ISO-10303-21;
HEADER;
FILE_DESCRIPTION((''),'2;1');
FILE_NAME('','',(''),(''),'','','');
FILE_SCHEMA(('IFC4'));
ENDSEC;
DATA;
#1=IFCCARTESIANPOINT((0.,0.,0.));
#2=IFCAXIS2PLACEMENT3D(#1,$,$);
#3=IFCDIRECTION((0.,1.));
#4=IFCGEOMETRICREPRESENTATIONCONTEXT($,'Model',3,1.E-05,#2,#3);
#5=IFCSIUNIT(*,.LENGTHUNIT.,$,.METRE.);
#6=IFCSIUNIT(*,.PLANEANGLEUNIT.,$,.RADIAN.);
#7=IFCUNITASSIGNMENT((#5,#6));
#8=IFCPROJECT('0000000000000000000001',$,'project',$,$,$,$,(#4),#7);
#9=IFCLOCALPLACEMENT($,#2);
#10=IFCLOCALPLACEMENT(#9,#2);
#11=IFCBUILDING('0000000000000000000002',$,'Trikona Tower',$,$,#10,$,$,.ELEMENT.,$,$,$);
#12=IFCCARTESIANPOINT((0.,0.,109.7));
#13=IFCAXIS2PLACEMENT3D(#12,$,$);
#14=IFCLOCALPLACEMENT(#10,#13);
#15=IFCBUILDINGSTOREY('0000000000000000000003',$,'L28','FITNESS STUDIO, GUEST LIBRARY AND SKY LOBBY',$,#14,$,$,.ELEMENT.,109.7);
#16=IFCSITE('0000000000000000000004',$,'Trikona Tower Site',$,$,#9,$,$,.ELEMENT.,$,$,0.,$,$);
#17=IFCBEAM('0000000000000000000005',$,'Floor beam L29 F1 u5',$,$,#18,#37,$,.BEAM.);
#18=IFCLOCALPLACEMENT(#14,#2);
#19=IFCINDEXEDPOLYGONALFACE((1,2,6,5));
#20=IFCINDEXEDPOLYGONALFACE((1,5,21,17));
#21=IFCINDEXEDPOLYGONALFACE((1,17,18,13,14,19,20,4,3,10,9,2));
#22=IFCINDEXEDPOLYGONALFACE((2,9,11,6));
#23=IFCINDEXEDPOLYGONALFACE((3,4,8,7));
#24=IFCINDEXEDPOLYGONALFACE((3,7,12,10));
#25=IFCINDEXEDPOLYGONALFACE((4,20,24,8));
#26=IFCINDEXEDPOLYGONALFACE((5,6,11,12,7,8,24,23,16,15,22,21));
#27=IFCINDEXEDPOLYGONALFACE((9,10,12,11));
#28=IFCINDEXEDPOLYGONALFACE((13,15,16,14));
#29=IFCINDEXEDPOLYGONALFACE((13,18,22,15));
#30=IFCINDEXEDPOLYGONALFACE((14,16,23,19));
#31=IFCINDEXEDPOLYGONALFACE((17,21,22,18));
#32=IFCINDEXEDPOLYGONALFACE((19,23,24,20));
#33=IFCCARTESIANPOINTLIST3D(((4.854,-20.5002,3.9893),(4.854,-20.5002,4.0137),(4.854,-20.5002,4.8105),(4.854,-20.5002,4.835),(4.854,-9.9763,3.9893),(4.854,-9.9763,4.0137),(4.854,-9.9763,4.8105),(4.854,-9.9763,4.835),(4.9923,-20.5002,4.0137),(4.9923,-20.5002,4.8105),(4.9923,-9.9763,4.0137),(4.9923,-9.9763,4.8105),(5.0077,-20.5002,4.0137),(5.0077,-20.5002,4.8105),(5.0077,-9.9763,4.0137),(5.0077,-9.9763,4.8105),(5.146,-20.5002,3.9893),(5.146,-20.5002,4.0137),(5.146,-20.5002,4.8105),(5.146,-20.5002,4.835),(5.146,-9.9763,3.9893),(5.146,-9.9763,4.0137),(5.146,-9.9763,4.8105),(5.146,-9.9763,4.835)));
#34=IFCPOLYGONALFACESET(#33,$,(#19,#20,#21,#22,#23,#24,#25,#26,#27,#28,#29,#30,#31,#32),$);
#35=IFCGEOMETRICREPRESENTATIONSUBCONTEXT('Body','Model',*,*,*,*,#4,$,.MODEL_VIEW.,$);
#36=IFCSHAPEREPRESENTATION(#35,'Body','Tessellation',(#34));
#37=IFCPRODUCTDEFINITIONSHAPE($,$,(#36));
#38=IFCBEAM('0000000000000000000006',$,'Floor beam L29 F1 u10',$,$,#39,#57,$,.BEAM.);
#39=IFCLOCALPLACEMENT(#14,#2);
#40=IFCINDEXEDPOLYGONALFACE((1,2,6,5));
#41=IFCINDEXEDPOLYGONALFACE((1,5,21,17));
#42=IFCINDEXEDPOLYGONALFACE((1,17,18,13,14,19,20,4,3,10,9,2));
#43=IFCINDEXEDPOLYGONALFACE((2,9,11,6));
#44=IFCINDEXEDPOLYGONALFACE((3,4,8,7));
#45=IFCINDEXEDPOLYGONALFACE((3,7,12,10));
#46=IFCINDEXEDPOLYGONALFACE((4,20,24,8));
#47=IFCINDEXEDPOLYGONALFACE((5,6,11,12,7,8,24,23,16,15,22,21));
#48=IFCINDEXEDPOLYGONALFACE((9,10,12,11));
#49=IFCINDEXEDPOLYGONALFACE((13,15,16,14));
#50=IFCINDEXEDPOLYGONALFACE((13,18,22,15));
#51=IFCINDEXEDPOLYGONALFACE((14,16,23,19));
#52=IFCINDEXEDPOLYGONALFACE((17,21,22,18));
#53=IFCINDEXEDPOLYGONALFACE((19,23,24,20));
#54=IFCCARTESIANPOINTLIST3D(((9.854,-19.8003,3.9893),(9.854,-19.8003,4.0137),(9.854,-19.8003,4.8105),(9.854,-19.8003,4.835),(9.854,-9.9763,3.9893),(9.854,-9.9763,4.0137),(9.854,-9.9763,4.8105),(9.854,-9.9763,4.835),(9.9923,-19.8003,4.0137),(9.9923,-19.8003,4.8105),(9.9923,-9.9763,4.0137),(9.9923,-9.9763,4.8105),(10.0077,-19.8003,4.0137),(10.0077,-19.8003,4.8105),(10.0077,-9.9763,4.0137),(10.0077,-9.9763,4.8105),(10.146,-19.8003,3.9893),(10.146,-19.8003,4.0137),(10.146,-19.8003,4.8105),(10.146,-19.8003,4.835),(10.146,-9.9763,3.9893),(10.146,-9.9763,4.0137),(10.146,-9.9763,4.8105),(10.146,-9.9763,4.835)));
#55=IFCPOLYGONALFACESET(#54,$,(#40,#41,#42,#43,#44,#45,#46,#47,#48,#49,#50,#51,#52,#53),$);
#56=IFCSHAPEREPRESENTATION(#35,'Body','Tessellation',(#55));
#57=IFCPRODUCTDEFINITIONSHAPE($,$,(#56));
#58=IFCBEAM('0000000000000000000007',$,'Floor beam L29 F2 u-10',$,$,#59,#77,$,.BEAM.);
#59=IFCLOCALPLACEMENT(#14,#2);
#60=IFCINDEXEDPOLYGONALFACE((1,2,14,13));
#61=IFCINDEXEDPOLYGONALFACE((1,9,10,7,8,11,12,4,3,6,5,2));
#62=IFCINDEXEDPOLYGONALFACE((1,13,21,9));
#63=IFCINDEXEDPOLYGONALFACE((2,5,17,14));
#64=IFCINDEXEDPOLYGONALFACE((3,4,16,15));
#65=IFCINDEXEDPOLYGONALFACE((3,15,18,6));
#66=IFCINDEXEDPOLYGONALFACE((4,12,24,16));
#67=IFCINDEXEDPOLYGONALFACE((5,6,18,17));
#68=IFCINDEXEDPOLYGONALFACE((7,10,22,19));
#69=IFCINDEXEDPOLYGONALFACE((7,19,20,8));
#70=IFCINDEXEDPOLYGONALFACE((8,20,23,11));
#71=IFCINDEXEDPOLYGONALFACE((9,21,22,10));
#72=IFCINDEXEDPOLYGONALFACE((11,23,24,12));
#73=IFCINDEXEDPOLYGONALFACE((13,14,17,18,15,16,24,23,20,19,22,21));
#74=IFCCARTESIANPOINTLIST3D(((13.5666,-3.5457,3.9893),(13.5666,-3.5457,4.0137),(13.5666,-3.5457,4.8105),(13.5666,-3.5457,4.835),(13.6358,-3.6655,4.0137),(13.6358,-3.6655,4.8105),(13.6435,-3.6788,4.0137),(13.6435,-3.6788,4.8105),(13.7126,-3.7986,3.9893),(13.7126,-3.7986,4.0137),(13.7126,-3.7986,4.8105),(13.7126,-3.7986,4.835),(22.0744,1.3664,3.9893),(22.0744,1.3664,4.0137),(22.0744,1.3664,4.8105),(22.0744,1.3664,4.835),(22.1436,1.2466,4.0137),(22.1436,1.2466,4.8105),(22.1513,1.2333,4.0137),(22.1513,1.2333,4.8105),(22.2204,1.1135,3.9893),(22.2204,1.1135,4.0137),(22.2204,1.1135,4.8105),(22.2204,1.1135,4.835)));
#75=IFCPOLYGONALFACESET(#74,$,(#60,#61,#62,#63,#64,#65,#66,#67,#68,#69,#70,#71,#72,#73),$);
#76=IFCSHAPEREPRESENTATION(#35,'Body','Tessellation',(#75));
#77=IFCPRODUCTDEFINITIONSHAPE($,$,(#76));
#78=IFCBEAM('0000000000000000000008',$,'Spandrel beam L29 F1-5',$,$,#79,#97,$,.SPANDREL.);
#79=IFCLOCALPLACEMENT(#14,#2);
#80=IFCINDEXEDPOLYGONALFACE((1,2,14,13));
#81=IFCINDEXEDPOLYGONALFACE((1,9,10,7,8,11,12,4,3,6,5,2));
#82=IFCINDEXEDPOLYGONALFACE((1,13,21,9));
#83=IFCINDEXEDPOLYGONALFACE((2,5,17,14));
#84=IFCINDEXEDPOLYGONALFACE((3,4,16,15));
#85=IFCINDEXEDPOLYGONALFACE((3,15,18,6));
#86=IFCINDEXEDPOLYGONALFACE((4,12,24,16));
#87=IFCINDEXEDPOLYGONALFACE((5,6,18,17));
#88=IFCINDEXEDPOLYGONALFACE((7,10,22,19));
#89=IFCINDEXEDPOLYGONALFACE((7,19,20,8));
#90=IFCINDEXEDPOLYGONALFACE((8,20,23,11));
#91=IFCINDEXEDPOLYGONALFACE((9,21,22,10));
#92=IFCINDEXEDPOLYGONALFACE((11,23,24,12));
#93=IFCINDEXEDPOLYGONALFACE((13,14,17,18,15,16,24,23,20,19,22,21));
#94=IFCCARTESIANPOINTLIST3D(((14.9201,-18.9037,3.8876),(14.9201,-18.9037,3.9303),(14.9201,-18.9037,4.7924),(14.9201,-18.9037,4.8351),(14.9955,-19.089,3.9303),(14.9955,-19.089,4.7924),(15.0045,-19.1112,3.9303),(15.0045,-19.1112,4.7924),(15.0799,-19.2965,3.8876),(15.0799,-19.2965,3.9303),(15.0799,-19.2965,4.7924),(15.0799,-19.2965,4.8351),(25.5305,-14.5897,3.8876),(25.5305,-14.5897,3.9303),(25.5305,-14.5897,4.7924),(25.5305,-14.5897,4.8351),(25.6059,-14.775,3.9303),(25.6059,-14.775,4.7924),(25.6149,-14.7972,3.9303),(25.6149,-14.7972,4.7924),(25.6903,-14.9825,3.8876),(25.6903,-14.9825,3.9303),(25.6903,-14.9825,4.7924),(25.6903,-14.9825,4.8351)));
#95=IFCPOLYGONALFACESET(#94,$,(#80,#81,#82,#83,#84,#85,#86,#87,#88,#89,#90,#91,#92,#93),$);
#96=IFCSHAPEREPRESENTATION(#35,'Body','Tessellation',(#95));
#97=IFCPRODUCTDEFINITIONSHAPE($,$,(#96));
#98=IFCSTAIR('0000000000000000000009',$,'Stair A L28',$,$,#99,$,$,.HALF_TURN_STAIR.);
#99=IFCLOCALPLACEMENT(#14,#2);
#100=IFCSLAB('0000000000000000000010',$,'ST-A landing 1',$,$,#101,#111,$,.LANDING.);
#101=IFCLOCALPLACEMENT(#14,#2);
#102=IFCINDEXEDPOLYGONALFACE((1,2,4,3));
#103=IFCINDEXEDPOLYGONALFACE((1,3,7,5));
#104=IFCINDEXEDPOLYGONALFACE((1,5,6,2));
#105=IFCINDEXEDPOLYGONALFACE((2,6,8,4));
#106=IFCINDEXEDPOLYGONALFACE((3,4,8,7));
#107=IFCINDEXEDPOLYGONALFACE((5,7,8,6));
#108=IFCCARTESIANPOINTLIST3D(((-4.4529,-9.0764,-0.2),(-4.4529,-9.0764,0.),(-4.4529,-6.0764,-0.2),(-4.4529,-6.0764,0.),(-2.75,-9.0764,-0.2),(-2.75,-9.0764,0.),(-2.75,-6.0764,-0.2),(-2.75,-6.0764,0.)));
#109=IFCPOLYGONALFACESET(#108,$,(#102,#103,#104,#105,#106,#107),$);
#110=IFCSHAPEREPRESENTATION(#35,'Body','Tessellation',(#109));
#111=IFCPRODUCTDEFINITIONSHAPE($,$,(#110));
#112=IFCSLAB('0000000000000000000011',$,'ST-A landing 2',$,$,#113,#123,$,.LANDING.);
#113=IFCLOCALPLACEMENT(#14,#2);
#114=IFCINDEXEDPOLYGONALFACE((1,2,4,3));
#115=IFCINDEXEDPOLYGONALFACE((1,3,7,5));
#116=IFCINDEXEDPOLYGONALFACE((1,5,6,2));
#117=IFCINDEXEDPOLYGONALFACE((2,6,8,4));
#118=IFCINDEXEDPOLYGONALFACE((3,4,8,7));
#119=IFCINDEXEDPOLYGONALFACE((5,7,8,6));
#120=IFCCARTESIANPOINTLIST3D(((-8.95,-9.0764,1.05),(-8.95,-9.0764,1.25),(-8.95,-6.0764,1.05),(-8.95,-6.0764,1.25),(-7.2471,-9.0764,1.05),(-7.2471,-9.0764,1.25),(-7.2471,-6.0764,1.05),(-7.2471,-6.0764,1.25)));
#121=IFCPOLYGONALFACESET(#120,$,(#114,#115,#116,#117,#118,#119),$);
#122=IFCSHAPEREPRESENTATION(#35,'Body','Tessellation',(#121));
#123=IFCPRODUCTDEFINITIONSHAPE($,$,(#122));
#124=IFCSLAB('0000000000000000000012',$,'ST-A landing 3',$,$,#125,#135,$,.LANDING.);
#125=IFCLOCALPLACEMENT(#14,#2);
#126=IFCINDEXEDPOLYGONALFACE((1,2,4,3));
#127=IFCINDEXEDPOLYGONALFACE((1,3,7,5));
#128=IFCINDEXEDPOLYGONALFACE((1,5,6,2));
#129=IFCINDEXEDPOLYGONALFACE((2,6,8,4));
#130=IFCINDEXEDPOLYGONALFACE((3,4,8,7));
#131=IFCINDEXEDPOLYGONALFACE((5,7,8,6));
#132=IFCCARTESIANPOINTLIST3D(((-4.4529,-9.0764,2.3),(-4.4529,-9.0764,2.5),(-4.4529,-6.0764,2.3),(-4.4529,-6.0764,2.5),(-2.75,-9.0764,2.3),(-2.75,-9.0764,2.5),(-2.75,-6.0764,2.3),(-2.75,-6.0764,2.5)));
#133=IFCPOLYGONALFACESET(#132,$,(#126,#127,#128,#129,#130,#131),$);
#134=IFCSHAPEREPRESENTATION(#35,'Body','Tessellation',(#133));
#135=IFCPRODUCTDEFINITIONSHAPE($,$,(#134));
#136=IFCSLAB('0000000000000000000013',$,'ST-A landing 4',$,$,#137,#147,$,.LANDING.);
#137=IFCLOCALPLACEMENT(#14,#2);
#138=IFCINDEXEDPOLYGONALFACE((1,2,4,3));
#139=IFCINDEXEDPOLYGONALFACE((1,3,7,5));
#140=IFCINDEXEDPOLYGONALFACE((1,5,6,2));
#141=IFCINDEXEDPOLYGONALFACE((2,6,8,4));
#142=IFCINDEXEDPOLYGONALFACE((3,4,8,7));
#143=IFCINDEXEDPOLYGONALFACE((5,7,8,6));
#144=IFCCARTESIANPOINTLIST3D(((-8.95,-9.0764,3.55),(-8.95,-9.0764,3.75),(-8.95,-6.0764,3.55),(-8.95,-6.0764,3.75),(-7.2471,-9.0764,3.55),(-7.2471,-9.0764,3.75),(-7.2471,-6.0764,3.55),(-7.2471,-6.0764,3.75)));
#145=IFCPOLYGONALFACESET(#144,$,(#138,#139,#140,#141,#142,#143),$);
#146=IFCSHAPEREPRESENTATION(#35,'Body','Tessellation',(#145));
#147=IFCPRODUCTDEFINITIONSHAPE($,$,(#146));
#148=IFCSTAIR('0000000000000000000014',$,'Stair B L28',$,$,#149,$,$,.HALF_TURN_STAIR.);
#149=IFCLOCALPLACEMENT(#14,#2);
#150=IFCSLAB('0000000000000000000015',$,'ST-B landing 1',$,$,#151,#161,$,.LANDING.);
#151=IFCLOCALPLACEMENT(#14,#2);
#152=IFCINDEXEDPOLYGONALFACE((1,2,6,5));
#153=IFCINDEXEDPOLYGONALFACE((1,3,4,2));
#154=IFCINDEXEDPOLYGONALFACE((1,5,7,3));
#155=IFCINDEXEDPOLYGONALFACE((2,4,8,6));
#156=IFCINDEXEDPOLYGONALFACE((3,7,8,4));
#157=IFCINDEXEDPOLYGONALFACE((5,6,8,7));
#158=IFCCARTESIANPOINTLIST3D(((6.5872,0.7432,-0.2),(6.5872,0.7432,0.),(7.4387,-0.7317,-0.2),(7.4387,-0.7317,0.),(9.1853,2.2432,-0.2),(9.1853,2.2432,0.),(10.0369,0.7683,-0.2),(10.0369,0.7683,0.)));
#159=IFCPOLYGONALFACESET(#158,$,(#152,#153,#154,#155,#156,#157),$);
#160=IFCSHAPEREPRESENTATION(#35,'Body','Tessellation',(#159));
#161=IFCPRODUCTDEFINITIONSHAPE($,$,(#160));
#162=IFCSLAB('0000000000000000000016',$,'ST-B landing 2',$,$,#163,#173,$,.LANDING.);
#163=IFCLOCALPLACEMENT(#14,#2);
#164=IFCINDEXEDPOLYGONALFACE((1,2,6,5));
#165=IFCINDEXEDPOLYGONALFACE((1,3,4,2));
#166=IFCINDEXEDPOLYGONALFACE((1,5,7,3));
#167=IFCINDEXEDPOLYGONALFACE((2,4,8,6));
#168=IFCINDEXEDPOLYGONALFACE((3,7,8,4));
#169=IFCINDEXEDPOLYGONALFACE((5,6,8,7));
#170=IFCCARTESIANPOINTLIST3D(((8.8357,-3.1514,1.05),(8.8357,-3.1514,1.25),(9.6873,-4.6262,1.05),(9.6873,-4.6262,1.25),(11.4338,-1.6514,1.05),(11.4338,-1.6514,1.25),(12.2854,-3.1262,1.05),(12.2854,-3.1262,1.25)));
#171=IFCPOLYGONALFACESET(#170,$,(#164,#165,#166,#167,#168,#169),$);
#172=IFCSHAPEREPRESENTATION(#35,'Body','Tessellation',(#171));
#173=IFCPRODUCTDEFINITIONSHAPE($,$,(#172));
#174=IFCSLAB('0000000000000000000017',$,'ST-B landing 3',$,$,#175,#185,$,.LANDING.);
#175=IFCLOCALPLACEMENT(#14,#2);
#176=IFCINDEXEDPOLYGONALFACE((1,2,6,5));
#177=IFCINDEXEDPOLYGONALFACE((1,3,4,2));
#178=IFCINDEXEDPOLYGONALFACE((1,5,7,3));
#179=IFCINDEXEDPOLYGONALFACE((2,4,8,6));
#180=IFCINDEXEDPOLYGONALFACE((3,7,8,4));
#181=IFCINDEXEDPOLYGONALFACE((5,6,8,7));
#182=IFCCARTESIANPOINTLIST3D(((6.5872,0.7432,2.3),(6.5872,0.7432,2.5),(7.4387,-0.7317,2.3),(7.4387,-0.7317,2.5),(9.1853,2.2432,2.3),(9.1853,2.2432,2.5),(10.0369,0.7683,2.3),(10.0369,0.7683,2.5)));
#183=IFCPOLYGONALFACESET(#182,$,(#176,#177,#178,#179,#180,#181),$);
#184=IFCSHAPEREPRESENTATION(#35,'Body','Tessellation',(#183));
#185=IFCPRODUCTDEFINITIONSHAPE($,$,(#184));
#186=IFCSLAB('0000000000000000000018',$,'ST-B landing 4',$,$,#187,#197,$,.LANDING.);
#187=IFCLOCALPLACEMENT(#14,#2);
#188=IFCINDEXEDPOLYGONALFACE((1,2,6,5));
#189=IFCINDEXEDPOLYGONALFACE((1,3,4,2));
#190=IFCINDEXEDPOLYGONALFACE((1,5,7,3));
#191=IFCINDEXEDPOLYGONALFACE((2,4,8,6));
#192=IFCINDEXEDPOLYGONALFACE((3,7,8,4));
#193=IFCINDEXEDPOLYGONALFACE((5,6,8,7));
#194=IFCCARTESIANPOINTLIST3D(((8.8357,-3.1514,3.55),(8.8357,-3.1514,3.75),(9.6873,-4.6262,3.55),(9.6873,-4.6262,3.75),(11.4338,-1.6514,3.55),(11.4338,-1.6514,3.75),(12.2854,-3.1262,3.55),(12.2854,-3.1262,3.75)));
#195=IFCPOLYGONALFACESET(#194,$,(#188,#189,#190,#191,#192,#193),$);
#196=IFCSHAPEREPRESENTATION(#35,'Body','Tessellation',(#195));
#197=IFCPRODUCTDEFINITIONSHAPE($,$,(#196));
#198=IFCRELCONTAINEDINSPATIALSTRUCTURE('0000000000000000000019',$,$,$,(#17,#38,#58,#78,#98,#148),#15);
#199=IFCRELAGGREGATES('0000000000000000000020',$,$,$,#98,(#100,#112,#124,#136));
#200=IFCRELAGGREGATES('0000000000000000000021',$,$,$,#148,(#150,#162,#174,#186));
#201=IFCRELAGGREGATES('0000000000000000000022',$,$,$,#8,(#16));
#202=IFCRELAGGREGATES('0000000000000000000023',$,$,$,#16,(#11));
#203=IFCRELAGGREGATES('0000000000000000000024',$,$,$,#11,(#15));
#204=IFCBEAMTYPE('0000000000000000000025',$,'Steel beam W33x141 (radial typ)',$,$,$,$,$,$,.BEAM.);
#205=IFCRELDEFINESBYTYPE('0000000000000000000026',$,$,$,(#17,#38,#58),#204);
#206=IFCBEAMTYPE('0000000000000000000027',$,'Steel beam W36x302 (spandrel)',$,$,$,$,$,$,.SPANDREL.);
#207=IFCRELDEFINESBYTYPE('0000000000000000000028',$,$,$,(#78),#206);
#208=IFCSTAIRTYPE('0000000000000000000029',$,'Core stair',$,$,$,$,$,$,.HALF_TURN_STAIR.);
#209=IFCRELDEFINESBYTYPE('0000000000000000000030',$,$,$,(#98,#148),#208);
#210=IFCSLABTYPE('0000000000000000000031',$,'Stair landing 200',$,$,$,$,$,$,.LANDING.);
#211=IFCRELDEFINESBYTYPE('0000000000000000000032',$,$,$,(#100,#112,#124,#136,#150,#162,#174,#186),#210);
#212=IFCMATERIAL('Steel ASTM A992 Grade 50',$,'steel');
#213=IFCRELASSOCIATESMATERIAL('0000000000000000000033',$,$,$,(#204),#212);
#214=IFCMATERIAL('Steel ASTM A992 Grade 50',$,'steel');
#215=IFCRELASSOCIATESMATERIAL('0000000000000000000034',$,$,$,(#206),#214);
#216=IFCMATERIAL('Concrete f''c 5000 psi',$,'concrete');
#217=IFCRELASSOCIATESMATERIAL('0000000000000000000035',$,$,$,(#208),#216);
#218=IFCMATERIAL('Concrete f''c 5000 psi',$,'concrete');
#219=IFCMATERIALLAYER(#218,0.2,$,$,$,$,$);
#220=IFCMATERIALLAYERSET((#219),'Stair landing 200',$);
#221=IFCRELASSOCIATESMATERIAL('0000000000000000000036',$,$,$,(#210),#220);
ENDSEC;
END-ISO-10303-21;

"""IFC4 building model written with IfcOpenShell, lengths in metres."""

from ifc_helpers import new_model, si_unit, direction, frame, origin, origin_2d, place, context, subcontext, project, spatial, polyline, i_section, outline, extrude, material, layer, layer_set, material_profile, profile_set, type_object, element, aggregate, save


model = new_model("IFC4")

# Units and contexts
model_context = context("Model", 3, precision=1e-05, world=origin(), true_north=direction((0.0, 1.0)))
body_context = subcontext(model_context, "Body", "Model", "MODEL_VIEW")
ifc_project = project(units=[si_unit("LENGTHUNIT", "METRE"), si_unit("PLANEANGLEUNIT", "RADIAN")], contexts=[model_context])

# Site, building, storey
site_placement = place(None, origin())
site = spatial("IfcSite", under=ifc_project, at=site_placement, Name="Trikona Tower Site", CompositionType="ELEMENT", RefElevation=0.0)
building_placement = place(site_placement, origin())
building = spatial("IfcBuilding", under=site, at=building_placement, Name="Trikona Tower", CompositionType="ELEMENT")
storey_placement = place(building_placement, frame((0.0, 0.0, 109.7)))
storey = spatial("IfcBuildingStorey", under=building, at=storey_placement, Name="L28", Description="FITNESS STUDIO, GUEST LIBRARY AND SKY LOBBY", CompositionType="ELEMENT", Elevation=109.7)

# Beams
ifc_material_1 = material(Name="Steel ASTM A992 Grade 50", Category="steel")
ifc_material_profile_1 = material_profile(ifc_material_1, i_section(OverallWidth=0.292, OverallDepth=0.8457, WebThickness=0.0154, FlangeThickness=0.0244, at=origin_2d()), Name="W33X141")
ifc_profile_set_1 = profile_set([ifc_material_profile_1], Name="Steel ASTM A992 Grade 50")
beam_type_1 = type_object("IfcBeamType", Name="Steel beam W33x141 (radial typ)", PredefinedType="BEAM", material=ifc_profile_set_1)
beam_1_placement = place(storey_placement, frame((5.0, -9.9763, 4.4121), z_axis=(0.0, -1.0, 0.0), x_axis=(1.0, 0.0, 0.0)))
element("IfcBeam", 1, at=beam_1_placement, inside=storey, type_object=beam_type_1, Name="Floor beam L29 F1 u5", PredefinedType="BEAM", context=body_context, shape_type="SweptSolid", body=[
    extrude(i_section(OverallWidth=0.292, OverallDepth=0.8457, WebThickness=0.0154, FlangeThickness=0.0244, at=origin_2d()), origin(), (0.0, 0.0, 1.0), 10.5239),
])
for number, where, z_axis, x_axis, name in (
    (2, (10.0, -9.9763, 4.4121), (0.0, -1.0, 0.0), (1.0, 0.0, 0.0), "Floor beam L29 F1 u10"),
    (3, (13.6396, -3.6721, 4.4121), (0.86602, 0.500009, 0.0), (-0.500009, 0.86602, 0.0), "Floor beam L29 F2 u-10"),
):
    element("IfcBeam", number, at=place(storey_placement, frame(where, z_axis=z_axis, x_axis=x_axis)), inside=storey, type_object=beam_type_1, Name=name, PredefinedType="BEAM", context=body_context, shape_type="SweptSolid", body=[
        extrude(i_section(OverallWidth=0.292, OverallDepth=0.8457, WebThickness=0.0154, FlangeThickness=0.0244, at=origin_2d()), origin(), (0.0, 0.0, 1.0), 9.824),
    ])
ifc_material_2 = material(Name="Steel ASTM A992 Grade 50", Category="steel")
ifc_material_profile_2 = material_profile(ifc_material_2, i_section(OverallWidth=0.4241, OverallDepth=0.9475, WebThickness=0.0239, FlangeThickness=0.0427, at=origin_2d()), Name="W36X302")
ifc_profile_set_2 = profile_set([ifc_material_profile_2], Name="Steel ASTM A992 Grade 50")
beam_type_2 = type_object("IfcBeamType", Name="Steel beam W36x302 (spandrel)", PredefinedType="SPANDREL", material=ifc_profile_set_2)
beam_2_placement = place(storey_placement, frame((15.0, -19.1001, 4.3613), z_axis=(0.92636, 0.37664, 0.0), x_axis=(-0.37664, 0.92636, 0.0)))
element("IfcBeam", 4, at=beam_2_placement, inside=storey, type_object=beam_type_2, Name="Spandrel beam L29 F1-5", PredefinedType="SPANDREL", context=body_context, shape_type="SweptSolid", body=[
    extrude(i_section(OverallWidth=0.4241, OverallDepth=0.9475, WebThickness=0.0239, FlangeThickness=0.0427, at=origin_2d()), origin(), (0.0, 0.0, 1.0), 11.4539),
])

# Stairs, slabs
ifc_material_3 = material(Name="Concrete f'c 5000 psi", Category="concrete")
stair_type = type_object("IfcStairType", Name="Core stair", PredefinedType="HALF_TURN_STAIR", material=ifc_material_3)
stair_1_placement = place(storey_placement, origin())
stair_1 = element("IfcStair", 5, at=stair_1_placement, inside=storey, type_object=stair_type, Name="Stair A L28", PredefinedType="HALF_TURN_STAIR")
ifc_material_4 = material(Name="Concrete f'c 5000 psi", Category="concrete")
ifc_layer_1 = layer(ifc_material_4, 0.2)
ifc_layer_set_1 = layer_set([ifc_layer_1], Name="Stair landing 200")
slab_type = type_object("IfcSlabType", Name="Stair landing 200", PredefinedType="LANDING", material=ifc_layer_set_1)
slab_1_placement = place(storey_placement, frame((0.0, 0.0, -0.2)))
slab_1 = element("IfcSlab", 6, at=slab_1_placement, type_object=slab_type, Name="ST-A landing 1", PredefinedType="LANDING", context=body_context, shape_type="SweptSolid", body=[
    extrude(outline(polyline([(-4.4529, -6.0764), (-2.75, -6.0764), (-2.75, -9.0764), (-4.4529, -9.0764), (-4.4529, -6.0764)])), origin(), (0.0, 0.0, 1.0), 0.2),
])
slab_2_placement = place(storey_placement, frame((0.0, 0.0, 1.05)))
slab_2 = element("IfcSlab", 7, at=slab_2_placement, type_object=slab_type, Name="ST-A landing 2", PredefinedType="LANDING", context=body_context, shape_type="SweptSolid", body=[
    extrude(outline(polyline([(-8.95, -6.0764), (-7.2471, -6.0764), (-7.2471, -9.0764), (-8.95, -9.0764), (-8.95, -6.0764)])), origin(), (0.0, 0.0, 1.0), 0.2),
])
slab_3_placement = place(storey_placement, frame((0.0, 0.0, 2.3)))
slab_3 = element("IfcSlab", 8, at=slab_3_placement, type_object=slab_type, Name="ST-A landing 3", PredefinedType="LANDING", context=body_context, shape_type="SweptSolid", body=[
    extrude(outline(polyline([(-4.4529, -6.0764), (-2.75, -6.0764), (-2.75, -9.0764), (-4.4529, -9.0764), (-4.4529, -6.0764)])), origin(), (0.0, 0.0, 1.0), 0.2),
])
slab_4_placement = place(storey_placement, frame((0.0, 0.0, 3.55)))
slab_4 = element("IfcSlab", 9, at=slab_4_placement, type_object=slab_type, Name="ST-A landing 4", PredefinedType="LANDING", context=body_context, shape_type="SweptSolid", body=[
    extrude(outline(polyline([(-8.95, -6.0764), (-7.2471, -6.0764), (-7.2471, -9.0764), (-8.95, -9.0764), (-8.95, -6.0764)])), origin(), (0.0, 0.0, 1.0), 0.2),
])
aggregate(stair_1, [slab_1, slab_2, slab_3, slab_4])
stair_2_placement = place(storey_placement, origin())
stair_2 = element("IfcStair", 10, at=stair_2_placement, inside=storey, type_object=stair_type, Name="Stair B L28", PredefinedType="HALF_TURN_STAIR")
slab_5_placement = place(storey_placement, frame((0.0, 0.0, -0.2)))
slab_5 = element("IfcSlab", 11, at=slab_5_placement, type_object=slab_type, Name="ST-B landing 1", PredefinedType="LANDING", context=body_context, shape_type="SweptSolid", body=[
    extrude(outline(polyline([(7.4387, -0.7317), (6.5872, 0.7432), (9.1853, 2.2432), (10.0369, 0.7683), (7.4387, -0.7317)])), origin(), (0.0, 0.0, 1.0), 0.2),
])
slab_6_placement = place(storey_placement, frame((0.0, 0.0, 1.05)))
slab_6 = element("IfcSlab", 12, at=slab_6_placement, type_object=slab_type, Name="ST-B landing 2", PredefinedType="LANDING", context=body_context, shape_type="SweptSolid", body=[
    extrude(outline(polyline([(9.6873, -4.6262), (8.8357, -3.1514), (11.4338, -1.6514), (12.2854, -3.1262), (9.6873, -4.6262)])), origin(), (0.0, 0.0, 1.0), 0.2),
])
slab_7_placement = place(storey_placement, frame((0.0, 0.0, 2.3)))
slab_7 = element("IfcSlab", 13, at=slab_7_placement, type_object=slab_type, Name="ST-B landing 3", PredefinedType="LANDING", context=body_context, shape_type="SweptSolid", body=[
    extrude(outline(polyline([(7.4387, -0.7317), (6.5872, 0.7432), (9.1853, 2.2432), (10.0369, 0.7683), (7.4387, -0.7317)])), origin(), (0.0, 0.0, 1.0), 0.2),
])
slab_8_placement = place(storey_placement, frame((0.0, 0.0, 3.55)))
slab_8 = element("IfcSlab", 14, at=slab_8_placement, type_object=slab_type, Name="ST-B landing 4", PredefinedType="LANDING", context=body_context, shape_type="SweptSolid", body=[
    extrude(outline(polyline([(9.6873, -4.6262), (8.8357, -3.1514), (11.4338, -1.6514), (12.2854, -3.1262), (9.6873, -4.6262)])), origin(), (0.0, 0.0, 1.0), 0.2),
])

aggregate(stair_2, [slab_5, slab_6, slab_7, slab_8])

save(model, "model.ifc")
